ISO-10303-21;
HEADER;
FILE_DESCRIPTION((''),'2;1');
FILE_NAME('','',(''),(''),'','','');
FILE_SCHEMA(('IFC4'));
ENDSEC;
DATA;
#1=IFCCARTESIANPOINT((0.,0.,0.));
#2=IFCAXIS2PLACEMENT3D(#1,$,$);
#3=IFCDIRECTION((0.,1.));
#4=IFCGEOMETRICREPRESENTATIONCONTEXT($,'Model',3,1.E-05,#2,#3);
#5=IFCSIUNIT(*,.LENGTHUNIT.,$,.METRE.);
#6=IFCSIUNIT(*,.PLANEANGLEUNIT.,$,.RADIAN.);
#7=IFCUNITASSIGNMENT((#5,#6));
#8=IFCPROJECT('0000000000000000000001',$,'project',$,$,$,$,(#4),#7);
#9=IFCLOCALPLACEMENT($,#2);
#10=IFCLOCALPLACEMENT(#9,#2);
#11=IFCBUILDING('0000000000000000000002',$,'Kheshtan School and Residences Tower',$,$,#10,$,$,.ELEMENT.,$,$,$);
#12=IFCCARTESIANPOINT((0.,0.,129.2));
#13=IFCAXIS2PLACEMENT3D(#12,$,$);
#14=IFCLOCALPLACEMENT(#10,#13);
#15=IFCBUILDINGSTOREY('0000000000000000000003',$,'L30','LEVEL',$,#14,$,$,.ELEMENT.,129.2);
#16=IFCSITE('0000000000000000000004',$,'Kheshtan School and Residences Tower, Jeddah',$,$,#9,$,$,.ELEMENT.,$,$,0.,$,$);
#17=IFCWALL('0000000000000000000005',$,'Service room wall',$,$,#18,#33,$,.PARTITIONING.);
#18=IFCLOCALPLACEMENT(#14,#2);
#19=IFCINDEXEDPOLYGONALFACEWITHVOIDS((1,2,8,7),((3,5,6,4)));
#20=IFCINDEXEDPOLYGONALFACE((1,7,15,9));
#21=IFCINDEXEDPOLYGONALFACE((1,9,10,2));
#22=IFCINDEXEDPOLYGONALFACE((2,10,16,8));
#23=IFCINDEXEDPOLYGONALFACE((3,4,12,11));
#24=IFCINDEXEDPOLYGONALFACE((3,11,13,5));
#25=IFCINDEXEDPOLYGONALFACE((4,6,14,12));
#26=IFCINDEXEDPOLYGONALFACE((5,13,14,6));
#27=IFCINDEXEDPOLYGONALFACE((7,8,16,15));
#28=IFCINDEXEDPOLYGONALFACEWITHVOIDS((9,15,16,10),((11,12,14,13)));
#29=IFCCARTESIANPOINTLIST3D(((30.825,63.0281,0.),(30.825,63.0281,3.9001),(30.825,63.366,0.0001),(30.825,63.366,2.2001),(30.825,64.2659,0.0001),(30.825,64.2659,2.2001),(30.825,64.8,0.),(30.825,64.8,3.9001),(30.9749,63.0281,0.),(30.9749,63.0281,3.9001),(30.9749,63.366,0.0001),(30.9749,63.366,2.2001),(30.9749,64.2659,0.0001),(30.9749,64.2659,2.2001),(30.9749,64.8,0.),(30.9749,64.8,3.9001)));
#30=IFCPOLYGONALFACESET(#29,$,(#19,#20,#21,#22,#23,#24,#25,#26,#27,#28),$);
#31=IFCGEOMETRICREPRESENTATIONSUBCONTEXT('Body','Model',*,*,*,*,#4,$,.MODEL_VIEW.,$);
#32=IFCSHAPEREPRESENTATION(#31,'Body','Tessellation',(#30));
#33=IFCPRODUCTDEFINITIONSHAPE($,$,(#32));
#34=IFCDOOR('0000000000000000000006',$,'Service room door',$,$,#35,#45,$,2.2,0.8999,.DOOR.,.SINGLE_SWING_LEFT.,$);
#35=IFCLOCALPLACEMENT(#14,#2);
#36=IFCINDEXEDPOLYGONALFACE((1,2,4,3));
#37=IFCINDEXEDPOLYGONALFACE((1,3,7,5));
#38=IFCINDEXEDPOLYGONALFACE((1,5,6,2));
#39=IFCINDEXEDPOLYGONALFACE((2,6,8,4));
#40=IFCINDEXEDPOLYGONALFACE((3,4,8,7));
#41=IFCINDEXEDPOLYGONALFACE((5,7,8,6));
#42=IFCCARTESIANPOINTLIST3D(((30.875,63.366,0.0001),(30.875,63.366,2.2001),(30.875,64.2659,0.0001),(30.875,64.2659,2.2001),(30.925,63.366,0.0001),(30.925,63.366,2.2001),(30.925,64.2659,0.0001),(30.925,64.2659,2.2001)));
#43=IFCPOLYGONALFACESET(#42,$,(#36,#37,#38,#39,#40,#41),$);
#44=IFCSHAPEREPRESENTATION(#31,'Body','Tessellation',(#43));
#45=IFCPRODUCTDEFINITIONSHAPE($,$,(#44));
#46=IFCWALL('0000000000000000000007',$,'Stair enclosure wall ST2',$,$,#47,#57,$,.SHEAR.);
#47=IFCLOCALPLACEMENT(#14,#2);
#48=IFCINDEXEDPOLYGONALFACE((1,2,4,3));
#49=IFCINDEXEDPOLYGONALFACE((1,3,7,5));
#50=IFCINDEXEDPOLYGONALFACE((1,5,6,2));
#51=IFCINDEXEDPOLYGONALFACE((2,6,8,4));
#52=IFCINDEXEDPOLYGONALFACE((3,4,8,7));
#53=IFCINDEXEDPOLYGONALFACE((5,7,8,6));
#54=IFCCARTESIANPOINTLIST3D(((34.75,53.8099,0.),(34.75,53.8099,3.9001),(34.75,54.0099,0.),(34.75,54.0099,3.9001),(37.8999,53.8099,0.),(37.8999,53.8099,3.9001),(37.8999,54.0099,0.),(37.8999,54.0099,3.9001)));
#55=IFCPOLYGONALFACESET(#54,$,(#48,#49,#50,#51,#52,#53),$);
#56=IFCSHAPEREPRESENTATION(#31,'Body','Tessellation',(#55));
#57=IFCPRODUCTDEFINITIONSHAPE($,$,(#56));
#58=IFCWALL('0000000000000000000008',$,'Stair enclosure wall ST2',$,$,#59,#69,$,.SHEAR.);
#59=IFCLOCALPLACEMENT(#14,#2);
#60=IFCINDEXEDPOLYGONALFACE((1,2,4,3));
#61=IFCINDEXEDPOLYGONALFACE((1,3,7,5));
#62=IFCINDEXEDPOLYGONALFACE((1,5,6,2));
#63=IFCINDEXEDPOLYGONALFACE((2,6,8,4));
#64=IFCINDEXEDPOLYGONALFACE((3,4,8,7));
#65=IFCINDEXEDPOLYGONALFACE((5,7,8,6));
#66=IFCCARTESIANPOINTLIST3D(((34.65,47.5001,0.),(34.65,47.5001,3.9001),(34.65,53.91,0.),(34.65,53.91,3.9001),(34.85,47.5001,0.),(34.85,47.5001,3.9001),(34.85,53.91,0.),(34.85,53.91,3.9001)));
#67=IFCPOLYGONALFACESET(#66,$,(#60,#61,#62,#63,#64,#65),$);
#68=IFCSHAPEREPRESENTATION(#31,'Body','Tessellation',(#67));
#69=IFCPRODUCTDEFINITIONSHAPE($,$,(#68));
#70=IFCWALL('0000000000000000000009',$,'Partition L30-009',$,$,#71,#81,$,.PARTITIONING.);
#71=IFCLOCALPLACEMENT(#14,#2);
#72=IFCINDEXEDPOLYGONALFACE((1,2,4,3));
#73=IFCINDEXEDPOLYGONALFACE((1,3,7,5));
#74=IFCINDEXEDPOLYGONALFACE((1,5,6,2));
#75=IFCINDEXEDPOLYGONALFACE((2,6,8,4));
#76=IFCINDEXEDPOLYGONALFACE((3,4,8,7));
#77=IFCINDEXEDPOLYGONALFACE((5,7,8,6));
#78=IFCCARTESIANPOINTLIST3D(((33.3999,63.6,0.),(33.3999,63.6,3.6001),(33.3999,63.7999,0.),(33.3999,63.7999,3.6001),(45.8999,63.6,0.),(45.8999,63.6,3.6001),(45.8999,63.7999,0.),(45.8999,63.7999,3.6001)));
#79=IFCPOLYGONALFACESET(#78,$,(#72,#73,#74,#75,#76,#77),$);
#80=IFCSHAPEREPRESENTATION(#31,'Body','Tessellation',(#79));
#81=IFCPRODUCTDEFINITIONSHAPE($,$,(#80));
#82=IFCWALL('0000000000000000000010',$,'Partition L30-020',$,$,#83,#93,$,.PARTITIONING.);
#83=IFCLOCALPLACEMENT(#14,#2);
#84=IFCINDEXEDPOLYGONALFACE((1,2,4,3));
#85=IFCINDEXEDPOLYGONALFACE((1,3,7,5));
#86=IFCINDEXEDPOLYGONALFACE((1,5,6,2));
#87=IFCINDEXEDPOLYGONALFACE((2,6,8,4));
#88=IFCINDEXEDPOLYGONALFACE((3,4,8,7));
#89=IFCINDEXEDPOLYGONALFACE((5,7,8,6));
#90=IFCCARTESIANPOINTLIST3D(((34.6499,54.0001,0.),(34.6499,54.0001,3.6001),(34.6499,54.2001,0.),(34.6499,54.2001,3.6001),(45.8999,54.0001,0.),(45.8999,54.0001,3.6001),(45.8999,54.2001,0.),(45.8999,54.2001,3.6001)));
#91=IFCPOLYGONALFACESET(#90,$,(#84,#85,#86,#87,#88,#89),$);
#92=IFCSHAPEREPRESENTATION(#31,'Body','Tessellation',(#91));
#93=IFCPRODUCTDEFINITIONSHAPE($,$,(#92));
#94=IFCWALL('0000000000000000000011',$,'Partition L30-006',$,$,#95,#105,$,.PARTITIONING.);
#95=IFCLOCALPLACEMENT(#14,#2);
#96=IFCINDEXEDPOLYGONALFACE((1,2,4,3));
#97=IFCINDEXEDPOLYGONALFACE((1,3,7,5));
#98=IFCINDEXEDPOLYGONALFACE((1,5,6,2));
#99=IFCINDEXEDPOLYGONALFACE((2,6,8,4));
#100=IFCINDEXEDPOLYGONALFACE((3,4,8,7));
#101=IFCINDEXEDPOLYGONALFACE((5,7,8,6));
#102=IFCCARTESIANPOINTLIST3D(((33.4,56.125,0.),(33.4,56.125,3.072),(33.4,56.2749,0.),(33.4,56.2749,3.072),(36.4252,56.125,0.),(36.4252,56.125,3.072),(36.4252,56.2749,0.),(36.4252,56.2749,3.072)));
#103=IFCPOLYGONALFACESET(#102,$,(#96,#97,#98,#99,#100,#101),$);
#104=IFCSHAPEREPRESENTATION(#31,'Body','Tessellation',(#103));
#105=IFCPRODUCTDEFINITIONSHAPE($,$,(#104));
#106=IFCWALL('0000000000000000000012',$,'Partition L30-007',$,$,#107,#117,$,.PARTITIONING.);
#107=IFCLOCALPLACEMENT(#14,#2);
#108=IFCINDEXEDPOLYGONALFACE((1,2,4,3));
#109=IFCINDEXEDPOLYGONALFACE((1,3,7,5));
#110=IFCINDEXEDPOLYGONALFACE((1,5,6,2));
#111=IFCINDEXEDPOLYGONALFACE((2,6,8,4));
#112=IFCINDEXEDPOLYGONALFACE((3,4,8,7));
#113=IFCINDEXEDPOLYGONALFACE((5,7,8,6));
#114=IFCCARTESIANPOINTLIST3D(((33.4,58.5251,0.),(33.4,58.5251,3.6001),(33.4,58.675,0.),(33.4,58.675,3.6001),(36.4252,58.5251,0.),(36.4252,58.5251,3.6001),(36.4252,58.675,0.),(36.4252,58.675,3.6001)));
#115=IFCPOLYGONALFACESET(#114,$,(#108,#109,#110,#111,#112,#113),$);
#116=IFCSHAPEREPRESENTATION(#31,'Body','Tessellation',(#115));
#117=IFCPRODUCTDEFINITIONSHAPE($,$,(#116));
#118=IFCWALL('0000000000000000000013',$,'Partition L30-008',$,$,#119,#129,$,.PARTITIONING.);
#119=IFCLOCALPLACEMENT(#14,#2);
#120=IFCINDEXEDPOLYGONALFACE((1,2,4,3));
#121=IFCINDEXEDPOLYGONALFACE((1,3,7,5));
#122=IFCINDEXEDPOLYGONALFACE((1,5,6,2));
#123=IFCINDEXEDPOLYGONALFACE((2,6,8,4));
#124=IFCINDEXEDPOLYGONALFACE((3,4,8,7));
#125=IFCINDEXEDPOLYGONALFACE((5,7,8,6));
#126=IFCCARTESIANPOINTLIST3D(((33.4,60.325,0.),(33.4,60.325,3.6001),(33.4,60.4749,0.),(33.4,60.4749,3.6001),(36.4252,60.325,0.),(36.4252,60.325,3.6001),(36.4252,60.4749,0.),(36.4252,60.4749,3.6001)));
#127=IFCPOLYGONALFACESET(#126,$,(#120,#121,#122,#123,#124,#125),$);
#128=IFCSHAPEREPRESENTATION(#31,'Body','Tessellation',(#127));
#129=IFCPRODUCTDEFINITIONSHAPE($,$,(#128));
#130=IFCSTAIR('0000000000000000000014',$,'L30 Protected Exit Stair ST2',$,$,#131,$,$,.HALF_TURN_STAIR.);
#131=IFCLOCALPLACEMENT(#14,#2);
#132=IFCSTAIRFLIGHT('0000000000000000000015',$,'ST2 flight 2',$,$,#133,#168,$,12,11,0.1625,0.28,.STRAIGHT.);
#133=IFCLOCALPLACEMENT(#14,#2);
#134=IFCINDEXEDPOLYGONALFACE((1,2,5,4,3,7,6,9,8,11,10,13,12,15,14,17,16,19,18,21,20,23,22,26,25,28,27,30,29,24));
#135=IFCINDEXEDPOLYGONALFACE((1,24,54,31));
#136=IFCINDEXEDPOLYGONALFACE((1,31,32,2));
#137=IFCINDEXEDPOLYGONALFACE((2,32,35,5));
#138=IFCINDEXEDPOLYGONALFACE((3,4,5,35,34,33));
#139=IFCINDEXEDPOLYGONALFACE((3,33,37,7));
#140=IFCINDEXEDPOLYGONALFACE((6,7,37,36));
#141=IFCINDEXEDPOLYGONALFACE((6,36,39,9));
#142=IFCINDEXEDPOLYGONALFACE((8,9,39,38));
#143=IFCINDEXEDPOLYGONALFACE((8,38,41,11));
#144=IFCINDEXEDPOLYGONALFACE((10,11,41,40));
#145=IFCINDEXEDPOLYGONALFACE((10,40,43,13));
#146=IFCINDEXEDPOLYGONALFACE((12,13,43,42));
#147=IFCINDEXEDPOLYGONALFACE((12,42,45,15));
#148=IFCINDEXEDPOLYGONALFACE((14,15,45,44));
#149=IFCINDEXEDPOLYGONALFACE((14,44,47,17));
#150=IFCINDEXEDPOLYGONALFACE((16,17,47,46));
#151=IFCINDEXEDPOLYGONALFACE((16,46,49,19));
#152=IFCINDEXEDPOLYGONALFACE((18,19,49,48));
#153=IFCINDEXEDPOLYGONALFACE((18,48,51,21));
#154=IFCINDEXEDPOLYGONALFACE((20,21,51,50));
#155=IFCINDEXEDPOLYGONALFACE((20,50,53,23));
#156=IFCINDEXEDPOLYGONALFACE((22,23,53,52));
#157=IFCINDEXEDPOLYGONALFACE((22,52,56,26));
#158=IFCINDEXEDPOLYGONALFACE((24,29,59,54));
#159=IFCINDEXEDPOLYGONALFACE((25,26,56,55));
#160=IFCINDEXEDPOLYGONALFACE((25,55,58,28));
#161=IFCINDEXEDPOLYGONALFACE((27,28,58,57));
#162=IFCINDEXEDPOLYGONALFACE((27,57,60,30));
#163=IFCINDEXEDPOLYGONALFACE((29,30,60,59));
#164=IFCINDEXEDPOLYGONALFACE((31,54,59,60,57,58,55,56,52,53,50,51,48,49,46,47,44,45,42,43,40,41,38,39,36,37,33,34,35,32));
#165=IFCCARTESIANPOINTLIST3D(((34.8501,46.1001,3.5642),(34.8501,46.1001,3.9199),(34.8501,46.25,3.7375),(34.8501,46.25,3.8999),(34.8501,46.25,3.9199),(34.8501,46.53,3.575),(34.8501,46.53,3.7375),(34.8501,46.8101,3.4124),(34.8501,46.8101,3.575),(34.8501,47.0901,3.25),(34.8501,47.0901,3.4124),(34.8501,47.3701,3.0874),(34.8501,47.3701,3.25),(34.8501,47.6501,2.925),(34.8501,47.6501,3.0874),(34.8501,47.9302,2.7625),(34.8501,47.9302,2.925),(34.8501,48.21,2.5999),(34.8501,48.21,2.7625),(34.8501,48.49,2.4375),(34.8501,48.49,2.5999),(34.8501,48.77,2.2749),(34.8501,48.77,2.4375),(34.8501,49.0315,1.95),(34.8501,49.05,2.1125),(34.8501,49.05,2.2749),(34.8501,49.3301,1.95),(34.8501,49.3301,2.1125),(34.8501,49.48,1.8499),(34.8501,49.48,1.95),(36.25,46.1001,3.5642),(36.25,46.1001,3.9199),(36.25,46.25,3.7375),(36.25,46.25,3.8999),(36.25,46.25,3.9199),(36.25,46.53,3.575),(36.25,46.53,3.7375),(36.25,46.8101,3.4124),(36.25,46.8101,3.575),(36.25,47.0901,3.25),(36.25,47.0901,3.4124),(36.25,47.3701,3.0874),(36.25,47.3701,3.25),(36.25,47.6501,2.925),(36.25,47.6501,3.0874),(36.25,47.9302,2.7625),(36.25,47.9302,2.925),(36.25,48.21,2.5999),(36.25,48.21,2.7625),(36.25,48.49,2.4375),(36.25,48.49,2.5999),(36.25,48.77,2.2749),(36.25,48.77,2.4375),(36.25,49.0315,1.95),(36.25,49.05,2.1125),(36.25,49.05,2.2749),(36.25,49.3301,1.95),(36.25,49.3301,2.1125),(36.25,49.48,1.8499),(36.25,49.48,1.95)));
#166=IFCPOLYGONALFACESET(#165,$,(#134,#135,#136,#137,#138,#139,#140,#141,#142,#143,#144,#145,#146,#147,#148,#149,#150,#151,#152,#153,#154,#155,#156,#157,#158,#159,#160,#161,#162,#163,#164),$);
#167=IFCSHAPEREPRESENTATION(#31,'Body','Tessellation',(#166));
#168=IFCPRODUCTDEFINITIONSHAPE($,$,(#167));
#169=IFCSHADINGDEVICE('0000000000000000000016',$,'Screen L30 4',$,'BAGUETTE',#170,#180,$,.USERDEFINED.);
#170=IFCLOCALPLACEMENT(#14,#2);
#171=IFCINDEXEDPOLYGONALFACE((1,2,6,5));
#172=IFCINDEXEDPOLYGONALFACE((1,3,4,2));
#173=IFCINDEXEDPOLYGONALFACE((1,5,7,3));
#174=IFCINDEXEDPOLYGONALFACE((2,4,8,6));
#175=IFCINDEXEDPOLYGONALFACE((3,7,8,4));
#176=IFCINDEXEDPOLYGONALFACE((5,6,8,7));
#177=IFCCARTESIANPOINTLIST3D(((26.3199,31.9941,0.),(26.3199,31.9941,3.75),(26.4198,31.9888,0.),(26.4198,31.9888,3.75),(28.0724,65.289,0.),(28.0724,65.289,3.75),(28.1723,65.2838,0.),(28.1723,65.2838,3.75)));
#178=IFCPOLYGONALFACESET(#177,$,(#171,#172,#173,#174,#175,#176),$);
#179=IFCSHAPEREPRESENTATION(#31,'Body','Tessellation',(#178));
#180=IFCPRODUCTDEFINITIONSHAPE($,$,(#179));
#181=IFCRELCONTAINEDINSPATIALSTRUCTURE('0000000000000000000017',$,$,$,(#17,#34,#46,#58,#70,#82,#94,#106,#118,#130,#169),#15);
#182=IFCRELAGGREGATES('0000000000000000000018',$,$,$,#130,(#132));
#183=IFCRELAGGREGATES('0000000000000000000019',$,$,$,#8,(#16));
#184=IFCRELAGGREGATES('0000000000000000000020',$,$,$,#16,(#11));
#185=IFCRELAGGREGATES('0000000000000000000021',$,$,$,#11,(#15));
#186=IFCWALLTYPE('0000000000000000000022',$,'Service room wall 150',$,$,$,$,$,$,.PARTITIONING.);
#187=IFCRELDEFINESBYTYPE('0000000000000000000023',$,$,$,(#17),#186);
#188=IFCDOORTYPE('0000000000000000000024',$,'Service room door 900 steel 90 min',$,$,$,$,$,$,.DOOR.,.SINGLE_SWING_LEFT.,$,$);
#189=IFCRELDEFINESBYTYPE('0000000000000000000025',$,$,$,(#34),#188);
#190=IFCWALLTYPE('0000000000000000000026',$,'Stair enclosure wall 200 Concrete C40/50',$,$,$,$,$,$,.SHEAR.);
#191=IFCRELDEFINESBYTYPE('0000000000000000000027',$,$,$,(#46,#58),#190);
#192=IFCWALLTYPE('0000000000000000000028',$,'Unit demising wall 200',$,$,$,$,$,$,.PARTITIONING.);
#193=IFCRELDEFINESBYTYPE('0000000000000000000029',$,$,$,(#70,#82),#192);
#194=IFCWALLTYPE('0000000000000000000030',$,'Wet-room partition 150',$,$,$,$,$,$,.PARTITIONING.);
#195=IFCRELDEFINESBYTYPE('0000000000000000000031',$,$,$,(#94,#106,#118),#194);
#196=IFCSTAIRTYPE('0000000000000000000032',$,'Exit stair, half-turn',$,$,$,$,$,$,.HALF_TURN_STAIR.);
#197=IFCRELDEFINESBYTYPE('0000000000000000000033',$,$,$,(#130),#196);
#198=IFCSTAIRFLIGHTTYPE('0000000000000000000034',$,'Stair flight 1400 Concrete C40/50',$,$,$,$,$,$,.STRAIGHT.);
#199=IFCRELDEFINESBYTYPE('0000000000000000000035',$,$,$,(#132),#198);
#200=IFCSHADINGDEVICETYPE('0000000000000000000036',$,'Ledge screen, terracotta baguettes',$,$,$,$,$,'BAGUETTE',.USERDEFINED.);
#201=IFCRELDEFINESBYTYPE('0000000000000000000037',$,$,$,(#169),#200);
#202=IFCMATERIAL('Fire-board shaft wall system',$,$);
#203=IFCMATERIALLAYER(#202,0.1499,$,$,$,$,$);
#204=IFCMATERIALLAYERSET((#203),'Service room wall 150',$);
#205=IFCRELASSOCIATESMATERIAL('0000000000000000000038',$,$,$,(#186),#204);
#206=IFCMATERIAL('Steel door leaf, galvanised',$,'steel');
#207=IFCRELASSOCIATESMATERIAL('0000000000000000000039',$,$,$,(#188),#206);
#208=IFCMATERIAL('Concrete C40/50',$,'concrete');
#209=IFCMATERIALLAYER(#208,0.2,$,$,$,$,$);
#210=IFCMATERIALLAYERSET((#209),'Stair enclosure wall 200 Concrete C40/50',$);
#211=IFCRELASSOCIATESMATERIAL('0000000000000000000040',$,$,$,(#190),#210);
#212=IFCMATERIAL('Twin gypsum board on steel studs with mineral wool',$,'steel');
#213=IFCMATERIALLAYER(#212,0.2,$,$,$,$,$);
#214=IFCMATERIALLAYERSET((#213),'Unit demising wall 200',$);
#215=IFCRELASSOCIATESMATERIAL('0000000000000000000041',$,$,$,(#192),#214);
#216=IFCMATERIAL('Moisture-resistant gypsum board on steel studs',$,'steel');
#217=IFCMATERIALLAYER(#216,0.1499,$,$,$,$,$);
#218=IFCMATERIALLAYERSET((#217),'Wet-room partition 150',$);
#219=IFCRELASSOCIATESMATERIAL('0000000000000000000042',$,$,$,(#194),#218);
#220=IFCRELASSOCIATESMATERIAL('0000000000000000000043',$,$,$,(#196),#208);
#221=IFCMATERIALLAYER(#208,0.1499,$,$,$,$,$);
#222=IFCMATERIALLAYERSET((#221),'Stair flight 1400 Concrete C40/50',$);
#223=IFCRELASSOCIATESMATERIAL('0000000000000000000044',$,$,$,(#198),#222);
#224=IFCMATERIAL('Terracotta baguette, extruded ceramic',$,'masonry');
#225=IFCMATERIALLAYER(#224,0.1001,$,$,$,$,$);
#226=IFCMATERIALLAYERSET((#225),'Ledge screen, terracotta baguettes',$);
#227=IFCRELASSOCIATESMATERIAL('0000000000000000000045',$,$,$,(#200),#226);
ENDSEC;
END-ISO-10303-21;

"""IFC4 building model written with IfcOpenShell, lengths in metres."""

from ifc_helpers import new_model, si_unit, direction, frame, frame_2d, origin, origin_2d, place, context, subcontext, project, spatial, polyline, rectangle, outline, extrude, source, transform, mapped, material, layer, layer_set, type_object, element, fill, aggregate, save


model = new_model("IFC4")

# Units and contexts
model_context = context("Model", 3, precision=1e-05, world=origin(), true_north=direction((0.0, 1.0)))
body_context = subcontext(model_context, "Body", "Model", "MODEL_VIEW")
ifc_project = project(units=[si_unit("LENGTHUNIT", "METRE"), si_unit("PLANEANGLEUNIT", "RADIAN")], contexts=[model_context])

# Site, building, storey
site_placement = place(None, origin())
site = spatial("IfcSite", under=ifc_project, at=site_placement, Name="Kheshtan School and Residences Tower, Jeddah", CompositionType="ELEMENT", RefElevation=0.0)
building_placement = place(site_placement, origin())
building = spatial("IfcBuilding", under=site, at=building_placement, Name="Kheshtan School and Residences Tower", CompositionType="ELEMENT")
storey_placement = place(building_placement, frame((0.0, 0.0, 129.2)))
storey = spatial("IfcBuildingStorey", under=building, at=storey_placement, Name="L30", Description="LEVEL", CompositionType="ELEMENT", Elevation=129.2)

# Shared definitions
ifc_material_1 = material(Name="Fire-board shaft wall system")
ifc_layer_1 = layer(ifc_material_1, 0.1499)
ifc_layer_set_1 = layer_set([ifc_layer_1], Name="Service room wall 150")
wall_type_1 = type_object("IfcWallType", Name="Service room wall 150", PredefinedType="PARTITIONING", material=ifc_layer_set_1)

# Shared definitions
ifc_material_2 = material(Name="Steel door leaf, galvanised", Category="steel")
door_type_1 = type_object("IfcDoorType", Name="Service room door 900 steel 90 min", OperationType="SINGLE_SWING_LEFT", PredefinedType="DOOR", material=ifc_material_2)
shared_shape_1 = source(origin(), body_context, "Body", "SweptSolid", [
    extrude(rectangle(XDim=0.8999, YDim=2.2, at=frame_2d((0.45, 1.1001))), frame((0.0, 0.0249, 0.0), z_axis=(0.0, -1.0, 0.0), x_axis=(1.0, 0.0, 0.0)), (0.0, 0.0, 1.0), 0.05),
])

# Wall, opening, door
wall_1_placement = place(storey_placement, frame((30.8999, 63.0281, 0.0), z_axis=(0.0, 0.0, 1.0), x_axis=(0.0, 1.0, 0.0)))
wall_1 = element("IfcWall", 1, at=wall_1_placement, inside=storey, type_object=wall_type_1, Name="Service room wall", PredefinedType="PARTITIONING", context=body_context, shape_type="SweptSolid", body=[
    extrude(rectangle(XDim=1.772, YDim=0.1499, at=frame_2d((0.886, 0.0))), origin(), (0.0, 0.0, 1.0), 3.9001),
])
opening_1_placement = place(wall_1_placement, frame((0.3379, 0.0, 0.0)))
opening_1 = element("IfcOpeningElement", 2, at=opening_1_placement, cuts=wall_1, PredefinedType="OPENING", context=body_context, shape_type="SweptSolid", body=[
    extrude(rectangle(XDim=0.8999, YDim=2.2, at=frame_2d((0.45, 1.1001))), frame((0.0, 0.085, 0.0), z_axis=(0.0, -1.0, 0.0), x_axis=(1.0, 0.0, 0.0)), (0.0, 0.0, 1.0), 0.1699),
])
door_1_placement = place(opening_1_placement, origin())
door_1 = element("IfcDoor", 3, at=door_1_placement, inside=storey, type_object=door_type_1, Name="Service room door", OperationType="SINGLE_SWING_LEFT", OverallHeight=2.2, OverallWidth=0.8999, PredefinedType="DOOR", context=body_context, shape_type="MappedRepresentation", body=[
    mapped(shared_shape_1, transform((0.0, 0.0, 0.0), x_axis=(1.0, 0.0, 0.0), y_axis=(0.0, 1.0, 0.0), z_axis=(0.0, 0.0, 1.0), scale=1.0)),
])
fill(opening_1, door_1)

# Walls
ifc_material_3 = material(Name="Concrete C40/50", Category="concrete")
ifc_layer_2 = layer(ifc_material_3, 0.2)
ifc_layer_set_2 = layer_set([ifc_layer_2], Name="Stair enclosure wall 200 Concrete C40/50")
wall_type_2 = type_object("IfcWallType", Name="Stair enclosure wall 200 Concrete C40/50", PredefinedType="SHEAR", material=ifc_layer_set_2)
wall_2_placement = place(storey_placement, frame((34.75, 53.9099, 0.0), z_axis=(0.0, 0.0, 1.0), x_axis=(1.0, 0.0, 0.0)))
element("IfcWall", 4, at=wall_2_placement, inside=storey, type_object=wall_type_2, Name="Stair enclosure wall ST2", PredefinedType="SHEAR", context=body_context, shape_type="SweptSolid", body=[
    extrude(rectangle(XDim=3.1499, YDim=0.2, at=frame_2d((1.575, 0.0))), origin(), (0.0, 0.0, 1.0), 3.9001),
])
wall_3_placement = place(storey_placement, frame((34.75, 47.5, 0.0), z_axis=(0.0, 0.0, 1.0), x_axis=(0.0, 1.0, 0.0)))
element("IfcWall", 5, at=wall_3_placement, inside=storey, type_object=wall_type_2, Name="Stair enclosure wall ST2", PredefinedType="SHEAR", context=body_context, shape_type="SweptSolid", body=[
    extrude(rectangle(XDim=6.4099, YDim=0.2, at=frame_2d((3.2051, 0.0))), origin(), (0.0, 0.0, 1.0), 3.9001),
])
ifc_material_4 = material(Name="Twin gypsum board on steel studs with mineral wool", Category="steel")
ifc_layer_3 = layer(ifc_material_4, 0.2)
ifc_layer_set_3 = layer_set([ifc_layer_3], Name="Unit demising wall 200")
wall_type_3 = type_object("IfcWallType", Name="Unit demising wall 200", PredefinedType="PARTITIONING", material=ifc_layer_set_3)
wall_4_placement = place(storey_placement, frame((33.3999, 63.7, 0.0), z_axis=(0.0, 0.0, 1.0), x_axis=(1.0, 0.0, 0.0)))
element("IfcWall", 6, at=wall_4_placement, inside=storey, type_object=wall_type_3, Name="Partition L30-009", PredefinedType="PARTITIONING", context=body_context, shape_type="SweptSolid", body=[
    extrude(rectangle(XDim=12.5, YDim=0.2, at=frame_2d((6.25, 0.0))), origin(), (0.0, 0.0, 1.0), 3.6001),
])
wall_5_placement = place(storey_placement, frame((34.6499, 54.1001, 0.0), z_axis=(0.0, 0.0, 1.0), x_axis=(1.0, 0.0, 0.0)))
element("IfcWall", 7, at=wall_5_placement, inside=storey, type_object=wall_type_3, Name="Partition L30-020", PredefinedType="PARTITIONING", context=body_context, shape_type="SweptSolid", body=[
    extrude(rectangle(XDim=11.25, YDim=0.2, at=frame_2d((5.625, 0.0))), origin(), (0.0, 0.0, 1.0), 3.6001),
])
ifc_material_5 = material(Name="Moisture-resistant gypsum board on steel studs", Category="steel")
ifc_layer_4 = layer(ifc_material_5, 0.1499)
ifc_layer_set_4 = layer_set([ifc_layer_4], Name="Wet-room partition 150")
wall_type_4 = type_object("IfcWallType", Name="Wet-room partition 150", PredefinedType="PARTITIONING", material=ifc_layer_set_4)
wall_6_placement = place(storey_placement, frame((33.3999, 56.2, 0.0), z_axis=(0.0, 0.0, 1.0), x_axis=(1.0, 0.0, 0.0)))
element("IfcWall", 8, at=wall_6_placement, inside=storey, type_object=wall_type_4, Name="Partition L30-006", PredefinedType="PARTITIONING", context=body_context, shape_type="SweptSolid", body=[
    extrude(rectangle(XDim=3.0251, YDim=0.1499, at=frame_2d((1.5127, 0.0))), origin(), (0.0, 0.0, 1.0), 3.072),
])
for number, where, z_axis, x_axis, name in (
    (9, (33.3999, 58.6001, 0.0), (0.0, 0.0, 1.0), (1.0, 0.0, 0.0), "Partition L30-007"),
    (10, (33.3999, 60.3999, 0.0), (0.0, 0.0, 1.0), (1.0, 0.0, 0.0), "Partition L30-008"),
):
    element("IfcWall", number, at=place(storey_placement, frame(where, z_axis=z_axis, x_axis=x_axis)), inside=storey, type_object=wall_type_4, Name=name, PredefinedType="PARTITIONING", context=body_context, shape_type="SweptSolid", body=[
        extrude(rectangle(XDim=3.0251, YDim=0.1499, at=frame_2d((1.5127, 0.0))), origin(), (0.0, 0.0, 1.0), 3.6001),
    ])

# Stair, stair flight
stair_type = type_object("IfcStairType", Name="Exit stair, half-turn", PredefinedType="HALF_TURN_STAIR", material=ifc_material_3)
stair_placement = place(storey_placement, origin())
stair = element("IfcStair", 11, at=stair_placement, inside=storey, type_object=stair_type, Name="L30 Protected Exit Stair ST2", PredefinedType="HALF_TURN_STAIR")
ifc_layer_5 = layer(ifc_material_3, 0.1499)
ifc_layer_set_5 = layer_set([ifc_layer_5], Name="Stair flight 1400 Concrete C40/50")
stair_flight_type = type_object("IfcStairFlightType", Name="Stair flight 1400 Concrete C40/50", PredefinedType="STRAIGHT", material=ifc_layer_set_5)
stair_flight_placement = place(storey_placement, frame((35.55, 49.3301, 1.95), z_axis=(0.0, 0.0, 1.0), x_axis=(0.0, -1.0, 0.0)))
stair_flight = element("IfcStairFlight", 12, at=stair_flight_placement, type_object=stair_flight_type, Name="ST2 flight 2", NumberOfRisers=12, NumberOfTreads=11, PredefinedType="STRAIGHT", RiserHeight=0.1625, TreadLength=0.28, context=body_context, shape_type="SweptSolid", body=[
    extrude(outline(polyline([(-0.1499, -0.1001), (-0.1499, 0.0), (0.0, 0.0), (0.0, 0.1626), (0.28, 0.1626), (0.28, 0.325), (0.5601, 0.325), (0.5601, 0.4875), (0.8401, 0.4875), (0.8401, 0.6499), (1.1201, 0.6499), (1.1201, 0.8125), (1.3999, 0.8125), (1.3999, 0.9751), (1.6799, 0.9751), (1.6799, 1.1375), (1.96, 1.1375), (1.96, 1.3), (2.24, 1.3), (2.24, 1.4624), (2.52, 1.4624), (2.52, 1.625), (2.8, 1.625), (2.8, 1.7876), (3.0801, 1.7876), (3.0801, 1.95), (3.0801, 1.97), (3.23, 1.97), (3.23, 1.6143), (0.2986, 0.0), (-0.1499, -0.1001)])), frame((0.0, 0.7, 0.0), z_axis=(0.0, -1.0, 0.0), x_axis=(1.0, 0.0, 0.0)), (0.0, 0.0, 1.0), 1.3999),
])
aggregate(stair, [stair_flight])

# Shading device
ifc_material_6 = material(Name="Terracotta baguette, extruded ceramic", Category="masonry")
ifc_layer_6 = layer(ifc_material_6, 0.1001)
ifc_layer_set_6 = layer_set([ifc_layer_6], Name="Ledge screen, terracotta baguettes")
shading_device_type = type_object("IfcShadingDeviceType", Name="Ledge screen, terracotta baguettes", ElementType="BAGUETTE", PredefinedType="USERDEFINED", material=ifc_layer_set_6)
shading_device_placement = place(storey_placement, frame((27.2461, 48.6389, 0.0), z_axis=(0.0, 0.0, 1.0), x_axis=(0.052563, 0.998618, 0.0)))
element("IfcShadingDevice", 13, at=shading_device_placement, inside=storey, type_object=shading_device_type, Name="Screen L30 4", ObjectType="BAGUETTE", PredefinedType="USERDEFINED", context=body_context, shape_type="SweptSolid", body=[
    extrude(rectangle(XDim=33.3411, YDim=0.1001, at=origin_2d()), origin(), (0.0, 0.0, 1.0), 3.75),
])

save(model, "model.ifc")
